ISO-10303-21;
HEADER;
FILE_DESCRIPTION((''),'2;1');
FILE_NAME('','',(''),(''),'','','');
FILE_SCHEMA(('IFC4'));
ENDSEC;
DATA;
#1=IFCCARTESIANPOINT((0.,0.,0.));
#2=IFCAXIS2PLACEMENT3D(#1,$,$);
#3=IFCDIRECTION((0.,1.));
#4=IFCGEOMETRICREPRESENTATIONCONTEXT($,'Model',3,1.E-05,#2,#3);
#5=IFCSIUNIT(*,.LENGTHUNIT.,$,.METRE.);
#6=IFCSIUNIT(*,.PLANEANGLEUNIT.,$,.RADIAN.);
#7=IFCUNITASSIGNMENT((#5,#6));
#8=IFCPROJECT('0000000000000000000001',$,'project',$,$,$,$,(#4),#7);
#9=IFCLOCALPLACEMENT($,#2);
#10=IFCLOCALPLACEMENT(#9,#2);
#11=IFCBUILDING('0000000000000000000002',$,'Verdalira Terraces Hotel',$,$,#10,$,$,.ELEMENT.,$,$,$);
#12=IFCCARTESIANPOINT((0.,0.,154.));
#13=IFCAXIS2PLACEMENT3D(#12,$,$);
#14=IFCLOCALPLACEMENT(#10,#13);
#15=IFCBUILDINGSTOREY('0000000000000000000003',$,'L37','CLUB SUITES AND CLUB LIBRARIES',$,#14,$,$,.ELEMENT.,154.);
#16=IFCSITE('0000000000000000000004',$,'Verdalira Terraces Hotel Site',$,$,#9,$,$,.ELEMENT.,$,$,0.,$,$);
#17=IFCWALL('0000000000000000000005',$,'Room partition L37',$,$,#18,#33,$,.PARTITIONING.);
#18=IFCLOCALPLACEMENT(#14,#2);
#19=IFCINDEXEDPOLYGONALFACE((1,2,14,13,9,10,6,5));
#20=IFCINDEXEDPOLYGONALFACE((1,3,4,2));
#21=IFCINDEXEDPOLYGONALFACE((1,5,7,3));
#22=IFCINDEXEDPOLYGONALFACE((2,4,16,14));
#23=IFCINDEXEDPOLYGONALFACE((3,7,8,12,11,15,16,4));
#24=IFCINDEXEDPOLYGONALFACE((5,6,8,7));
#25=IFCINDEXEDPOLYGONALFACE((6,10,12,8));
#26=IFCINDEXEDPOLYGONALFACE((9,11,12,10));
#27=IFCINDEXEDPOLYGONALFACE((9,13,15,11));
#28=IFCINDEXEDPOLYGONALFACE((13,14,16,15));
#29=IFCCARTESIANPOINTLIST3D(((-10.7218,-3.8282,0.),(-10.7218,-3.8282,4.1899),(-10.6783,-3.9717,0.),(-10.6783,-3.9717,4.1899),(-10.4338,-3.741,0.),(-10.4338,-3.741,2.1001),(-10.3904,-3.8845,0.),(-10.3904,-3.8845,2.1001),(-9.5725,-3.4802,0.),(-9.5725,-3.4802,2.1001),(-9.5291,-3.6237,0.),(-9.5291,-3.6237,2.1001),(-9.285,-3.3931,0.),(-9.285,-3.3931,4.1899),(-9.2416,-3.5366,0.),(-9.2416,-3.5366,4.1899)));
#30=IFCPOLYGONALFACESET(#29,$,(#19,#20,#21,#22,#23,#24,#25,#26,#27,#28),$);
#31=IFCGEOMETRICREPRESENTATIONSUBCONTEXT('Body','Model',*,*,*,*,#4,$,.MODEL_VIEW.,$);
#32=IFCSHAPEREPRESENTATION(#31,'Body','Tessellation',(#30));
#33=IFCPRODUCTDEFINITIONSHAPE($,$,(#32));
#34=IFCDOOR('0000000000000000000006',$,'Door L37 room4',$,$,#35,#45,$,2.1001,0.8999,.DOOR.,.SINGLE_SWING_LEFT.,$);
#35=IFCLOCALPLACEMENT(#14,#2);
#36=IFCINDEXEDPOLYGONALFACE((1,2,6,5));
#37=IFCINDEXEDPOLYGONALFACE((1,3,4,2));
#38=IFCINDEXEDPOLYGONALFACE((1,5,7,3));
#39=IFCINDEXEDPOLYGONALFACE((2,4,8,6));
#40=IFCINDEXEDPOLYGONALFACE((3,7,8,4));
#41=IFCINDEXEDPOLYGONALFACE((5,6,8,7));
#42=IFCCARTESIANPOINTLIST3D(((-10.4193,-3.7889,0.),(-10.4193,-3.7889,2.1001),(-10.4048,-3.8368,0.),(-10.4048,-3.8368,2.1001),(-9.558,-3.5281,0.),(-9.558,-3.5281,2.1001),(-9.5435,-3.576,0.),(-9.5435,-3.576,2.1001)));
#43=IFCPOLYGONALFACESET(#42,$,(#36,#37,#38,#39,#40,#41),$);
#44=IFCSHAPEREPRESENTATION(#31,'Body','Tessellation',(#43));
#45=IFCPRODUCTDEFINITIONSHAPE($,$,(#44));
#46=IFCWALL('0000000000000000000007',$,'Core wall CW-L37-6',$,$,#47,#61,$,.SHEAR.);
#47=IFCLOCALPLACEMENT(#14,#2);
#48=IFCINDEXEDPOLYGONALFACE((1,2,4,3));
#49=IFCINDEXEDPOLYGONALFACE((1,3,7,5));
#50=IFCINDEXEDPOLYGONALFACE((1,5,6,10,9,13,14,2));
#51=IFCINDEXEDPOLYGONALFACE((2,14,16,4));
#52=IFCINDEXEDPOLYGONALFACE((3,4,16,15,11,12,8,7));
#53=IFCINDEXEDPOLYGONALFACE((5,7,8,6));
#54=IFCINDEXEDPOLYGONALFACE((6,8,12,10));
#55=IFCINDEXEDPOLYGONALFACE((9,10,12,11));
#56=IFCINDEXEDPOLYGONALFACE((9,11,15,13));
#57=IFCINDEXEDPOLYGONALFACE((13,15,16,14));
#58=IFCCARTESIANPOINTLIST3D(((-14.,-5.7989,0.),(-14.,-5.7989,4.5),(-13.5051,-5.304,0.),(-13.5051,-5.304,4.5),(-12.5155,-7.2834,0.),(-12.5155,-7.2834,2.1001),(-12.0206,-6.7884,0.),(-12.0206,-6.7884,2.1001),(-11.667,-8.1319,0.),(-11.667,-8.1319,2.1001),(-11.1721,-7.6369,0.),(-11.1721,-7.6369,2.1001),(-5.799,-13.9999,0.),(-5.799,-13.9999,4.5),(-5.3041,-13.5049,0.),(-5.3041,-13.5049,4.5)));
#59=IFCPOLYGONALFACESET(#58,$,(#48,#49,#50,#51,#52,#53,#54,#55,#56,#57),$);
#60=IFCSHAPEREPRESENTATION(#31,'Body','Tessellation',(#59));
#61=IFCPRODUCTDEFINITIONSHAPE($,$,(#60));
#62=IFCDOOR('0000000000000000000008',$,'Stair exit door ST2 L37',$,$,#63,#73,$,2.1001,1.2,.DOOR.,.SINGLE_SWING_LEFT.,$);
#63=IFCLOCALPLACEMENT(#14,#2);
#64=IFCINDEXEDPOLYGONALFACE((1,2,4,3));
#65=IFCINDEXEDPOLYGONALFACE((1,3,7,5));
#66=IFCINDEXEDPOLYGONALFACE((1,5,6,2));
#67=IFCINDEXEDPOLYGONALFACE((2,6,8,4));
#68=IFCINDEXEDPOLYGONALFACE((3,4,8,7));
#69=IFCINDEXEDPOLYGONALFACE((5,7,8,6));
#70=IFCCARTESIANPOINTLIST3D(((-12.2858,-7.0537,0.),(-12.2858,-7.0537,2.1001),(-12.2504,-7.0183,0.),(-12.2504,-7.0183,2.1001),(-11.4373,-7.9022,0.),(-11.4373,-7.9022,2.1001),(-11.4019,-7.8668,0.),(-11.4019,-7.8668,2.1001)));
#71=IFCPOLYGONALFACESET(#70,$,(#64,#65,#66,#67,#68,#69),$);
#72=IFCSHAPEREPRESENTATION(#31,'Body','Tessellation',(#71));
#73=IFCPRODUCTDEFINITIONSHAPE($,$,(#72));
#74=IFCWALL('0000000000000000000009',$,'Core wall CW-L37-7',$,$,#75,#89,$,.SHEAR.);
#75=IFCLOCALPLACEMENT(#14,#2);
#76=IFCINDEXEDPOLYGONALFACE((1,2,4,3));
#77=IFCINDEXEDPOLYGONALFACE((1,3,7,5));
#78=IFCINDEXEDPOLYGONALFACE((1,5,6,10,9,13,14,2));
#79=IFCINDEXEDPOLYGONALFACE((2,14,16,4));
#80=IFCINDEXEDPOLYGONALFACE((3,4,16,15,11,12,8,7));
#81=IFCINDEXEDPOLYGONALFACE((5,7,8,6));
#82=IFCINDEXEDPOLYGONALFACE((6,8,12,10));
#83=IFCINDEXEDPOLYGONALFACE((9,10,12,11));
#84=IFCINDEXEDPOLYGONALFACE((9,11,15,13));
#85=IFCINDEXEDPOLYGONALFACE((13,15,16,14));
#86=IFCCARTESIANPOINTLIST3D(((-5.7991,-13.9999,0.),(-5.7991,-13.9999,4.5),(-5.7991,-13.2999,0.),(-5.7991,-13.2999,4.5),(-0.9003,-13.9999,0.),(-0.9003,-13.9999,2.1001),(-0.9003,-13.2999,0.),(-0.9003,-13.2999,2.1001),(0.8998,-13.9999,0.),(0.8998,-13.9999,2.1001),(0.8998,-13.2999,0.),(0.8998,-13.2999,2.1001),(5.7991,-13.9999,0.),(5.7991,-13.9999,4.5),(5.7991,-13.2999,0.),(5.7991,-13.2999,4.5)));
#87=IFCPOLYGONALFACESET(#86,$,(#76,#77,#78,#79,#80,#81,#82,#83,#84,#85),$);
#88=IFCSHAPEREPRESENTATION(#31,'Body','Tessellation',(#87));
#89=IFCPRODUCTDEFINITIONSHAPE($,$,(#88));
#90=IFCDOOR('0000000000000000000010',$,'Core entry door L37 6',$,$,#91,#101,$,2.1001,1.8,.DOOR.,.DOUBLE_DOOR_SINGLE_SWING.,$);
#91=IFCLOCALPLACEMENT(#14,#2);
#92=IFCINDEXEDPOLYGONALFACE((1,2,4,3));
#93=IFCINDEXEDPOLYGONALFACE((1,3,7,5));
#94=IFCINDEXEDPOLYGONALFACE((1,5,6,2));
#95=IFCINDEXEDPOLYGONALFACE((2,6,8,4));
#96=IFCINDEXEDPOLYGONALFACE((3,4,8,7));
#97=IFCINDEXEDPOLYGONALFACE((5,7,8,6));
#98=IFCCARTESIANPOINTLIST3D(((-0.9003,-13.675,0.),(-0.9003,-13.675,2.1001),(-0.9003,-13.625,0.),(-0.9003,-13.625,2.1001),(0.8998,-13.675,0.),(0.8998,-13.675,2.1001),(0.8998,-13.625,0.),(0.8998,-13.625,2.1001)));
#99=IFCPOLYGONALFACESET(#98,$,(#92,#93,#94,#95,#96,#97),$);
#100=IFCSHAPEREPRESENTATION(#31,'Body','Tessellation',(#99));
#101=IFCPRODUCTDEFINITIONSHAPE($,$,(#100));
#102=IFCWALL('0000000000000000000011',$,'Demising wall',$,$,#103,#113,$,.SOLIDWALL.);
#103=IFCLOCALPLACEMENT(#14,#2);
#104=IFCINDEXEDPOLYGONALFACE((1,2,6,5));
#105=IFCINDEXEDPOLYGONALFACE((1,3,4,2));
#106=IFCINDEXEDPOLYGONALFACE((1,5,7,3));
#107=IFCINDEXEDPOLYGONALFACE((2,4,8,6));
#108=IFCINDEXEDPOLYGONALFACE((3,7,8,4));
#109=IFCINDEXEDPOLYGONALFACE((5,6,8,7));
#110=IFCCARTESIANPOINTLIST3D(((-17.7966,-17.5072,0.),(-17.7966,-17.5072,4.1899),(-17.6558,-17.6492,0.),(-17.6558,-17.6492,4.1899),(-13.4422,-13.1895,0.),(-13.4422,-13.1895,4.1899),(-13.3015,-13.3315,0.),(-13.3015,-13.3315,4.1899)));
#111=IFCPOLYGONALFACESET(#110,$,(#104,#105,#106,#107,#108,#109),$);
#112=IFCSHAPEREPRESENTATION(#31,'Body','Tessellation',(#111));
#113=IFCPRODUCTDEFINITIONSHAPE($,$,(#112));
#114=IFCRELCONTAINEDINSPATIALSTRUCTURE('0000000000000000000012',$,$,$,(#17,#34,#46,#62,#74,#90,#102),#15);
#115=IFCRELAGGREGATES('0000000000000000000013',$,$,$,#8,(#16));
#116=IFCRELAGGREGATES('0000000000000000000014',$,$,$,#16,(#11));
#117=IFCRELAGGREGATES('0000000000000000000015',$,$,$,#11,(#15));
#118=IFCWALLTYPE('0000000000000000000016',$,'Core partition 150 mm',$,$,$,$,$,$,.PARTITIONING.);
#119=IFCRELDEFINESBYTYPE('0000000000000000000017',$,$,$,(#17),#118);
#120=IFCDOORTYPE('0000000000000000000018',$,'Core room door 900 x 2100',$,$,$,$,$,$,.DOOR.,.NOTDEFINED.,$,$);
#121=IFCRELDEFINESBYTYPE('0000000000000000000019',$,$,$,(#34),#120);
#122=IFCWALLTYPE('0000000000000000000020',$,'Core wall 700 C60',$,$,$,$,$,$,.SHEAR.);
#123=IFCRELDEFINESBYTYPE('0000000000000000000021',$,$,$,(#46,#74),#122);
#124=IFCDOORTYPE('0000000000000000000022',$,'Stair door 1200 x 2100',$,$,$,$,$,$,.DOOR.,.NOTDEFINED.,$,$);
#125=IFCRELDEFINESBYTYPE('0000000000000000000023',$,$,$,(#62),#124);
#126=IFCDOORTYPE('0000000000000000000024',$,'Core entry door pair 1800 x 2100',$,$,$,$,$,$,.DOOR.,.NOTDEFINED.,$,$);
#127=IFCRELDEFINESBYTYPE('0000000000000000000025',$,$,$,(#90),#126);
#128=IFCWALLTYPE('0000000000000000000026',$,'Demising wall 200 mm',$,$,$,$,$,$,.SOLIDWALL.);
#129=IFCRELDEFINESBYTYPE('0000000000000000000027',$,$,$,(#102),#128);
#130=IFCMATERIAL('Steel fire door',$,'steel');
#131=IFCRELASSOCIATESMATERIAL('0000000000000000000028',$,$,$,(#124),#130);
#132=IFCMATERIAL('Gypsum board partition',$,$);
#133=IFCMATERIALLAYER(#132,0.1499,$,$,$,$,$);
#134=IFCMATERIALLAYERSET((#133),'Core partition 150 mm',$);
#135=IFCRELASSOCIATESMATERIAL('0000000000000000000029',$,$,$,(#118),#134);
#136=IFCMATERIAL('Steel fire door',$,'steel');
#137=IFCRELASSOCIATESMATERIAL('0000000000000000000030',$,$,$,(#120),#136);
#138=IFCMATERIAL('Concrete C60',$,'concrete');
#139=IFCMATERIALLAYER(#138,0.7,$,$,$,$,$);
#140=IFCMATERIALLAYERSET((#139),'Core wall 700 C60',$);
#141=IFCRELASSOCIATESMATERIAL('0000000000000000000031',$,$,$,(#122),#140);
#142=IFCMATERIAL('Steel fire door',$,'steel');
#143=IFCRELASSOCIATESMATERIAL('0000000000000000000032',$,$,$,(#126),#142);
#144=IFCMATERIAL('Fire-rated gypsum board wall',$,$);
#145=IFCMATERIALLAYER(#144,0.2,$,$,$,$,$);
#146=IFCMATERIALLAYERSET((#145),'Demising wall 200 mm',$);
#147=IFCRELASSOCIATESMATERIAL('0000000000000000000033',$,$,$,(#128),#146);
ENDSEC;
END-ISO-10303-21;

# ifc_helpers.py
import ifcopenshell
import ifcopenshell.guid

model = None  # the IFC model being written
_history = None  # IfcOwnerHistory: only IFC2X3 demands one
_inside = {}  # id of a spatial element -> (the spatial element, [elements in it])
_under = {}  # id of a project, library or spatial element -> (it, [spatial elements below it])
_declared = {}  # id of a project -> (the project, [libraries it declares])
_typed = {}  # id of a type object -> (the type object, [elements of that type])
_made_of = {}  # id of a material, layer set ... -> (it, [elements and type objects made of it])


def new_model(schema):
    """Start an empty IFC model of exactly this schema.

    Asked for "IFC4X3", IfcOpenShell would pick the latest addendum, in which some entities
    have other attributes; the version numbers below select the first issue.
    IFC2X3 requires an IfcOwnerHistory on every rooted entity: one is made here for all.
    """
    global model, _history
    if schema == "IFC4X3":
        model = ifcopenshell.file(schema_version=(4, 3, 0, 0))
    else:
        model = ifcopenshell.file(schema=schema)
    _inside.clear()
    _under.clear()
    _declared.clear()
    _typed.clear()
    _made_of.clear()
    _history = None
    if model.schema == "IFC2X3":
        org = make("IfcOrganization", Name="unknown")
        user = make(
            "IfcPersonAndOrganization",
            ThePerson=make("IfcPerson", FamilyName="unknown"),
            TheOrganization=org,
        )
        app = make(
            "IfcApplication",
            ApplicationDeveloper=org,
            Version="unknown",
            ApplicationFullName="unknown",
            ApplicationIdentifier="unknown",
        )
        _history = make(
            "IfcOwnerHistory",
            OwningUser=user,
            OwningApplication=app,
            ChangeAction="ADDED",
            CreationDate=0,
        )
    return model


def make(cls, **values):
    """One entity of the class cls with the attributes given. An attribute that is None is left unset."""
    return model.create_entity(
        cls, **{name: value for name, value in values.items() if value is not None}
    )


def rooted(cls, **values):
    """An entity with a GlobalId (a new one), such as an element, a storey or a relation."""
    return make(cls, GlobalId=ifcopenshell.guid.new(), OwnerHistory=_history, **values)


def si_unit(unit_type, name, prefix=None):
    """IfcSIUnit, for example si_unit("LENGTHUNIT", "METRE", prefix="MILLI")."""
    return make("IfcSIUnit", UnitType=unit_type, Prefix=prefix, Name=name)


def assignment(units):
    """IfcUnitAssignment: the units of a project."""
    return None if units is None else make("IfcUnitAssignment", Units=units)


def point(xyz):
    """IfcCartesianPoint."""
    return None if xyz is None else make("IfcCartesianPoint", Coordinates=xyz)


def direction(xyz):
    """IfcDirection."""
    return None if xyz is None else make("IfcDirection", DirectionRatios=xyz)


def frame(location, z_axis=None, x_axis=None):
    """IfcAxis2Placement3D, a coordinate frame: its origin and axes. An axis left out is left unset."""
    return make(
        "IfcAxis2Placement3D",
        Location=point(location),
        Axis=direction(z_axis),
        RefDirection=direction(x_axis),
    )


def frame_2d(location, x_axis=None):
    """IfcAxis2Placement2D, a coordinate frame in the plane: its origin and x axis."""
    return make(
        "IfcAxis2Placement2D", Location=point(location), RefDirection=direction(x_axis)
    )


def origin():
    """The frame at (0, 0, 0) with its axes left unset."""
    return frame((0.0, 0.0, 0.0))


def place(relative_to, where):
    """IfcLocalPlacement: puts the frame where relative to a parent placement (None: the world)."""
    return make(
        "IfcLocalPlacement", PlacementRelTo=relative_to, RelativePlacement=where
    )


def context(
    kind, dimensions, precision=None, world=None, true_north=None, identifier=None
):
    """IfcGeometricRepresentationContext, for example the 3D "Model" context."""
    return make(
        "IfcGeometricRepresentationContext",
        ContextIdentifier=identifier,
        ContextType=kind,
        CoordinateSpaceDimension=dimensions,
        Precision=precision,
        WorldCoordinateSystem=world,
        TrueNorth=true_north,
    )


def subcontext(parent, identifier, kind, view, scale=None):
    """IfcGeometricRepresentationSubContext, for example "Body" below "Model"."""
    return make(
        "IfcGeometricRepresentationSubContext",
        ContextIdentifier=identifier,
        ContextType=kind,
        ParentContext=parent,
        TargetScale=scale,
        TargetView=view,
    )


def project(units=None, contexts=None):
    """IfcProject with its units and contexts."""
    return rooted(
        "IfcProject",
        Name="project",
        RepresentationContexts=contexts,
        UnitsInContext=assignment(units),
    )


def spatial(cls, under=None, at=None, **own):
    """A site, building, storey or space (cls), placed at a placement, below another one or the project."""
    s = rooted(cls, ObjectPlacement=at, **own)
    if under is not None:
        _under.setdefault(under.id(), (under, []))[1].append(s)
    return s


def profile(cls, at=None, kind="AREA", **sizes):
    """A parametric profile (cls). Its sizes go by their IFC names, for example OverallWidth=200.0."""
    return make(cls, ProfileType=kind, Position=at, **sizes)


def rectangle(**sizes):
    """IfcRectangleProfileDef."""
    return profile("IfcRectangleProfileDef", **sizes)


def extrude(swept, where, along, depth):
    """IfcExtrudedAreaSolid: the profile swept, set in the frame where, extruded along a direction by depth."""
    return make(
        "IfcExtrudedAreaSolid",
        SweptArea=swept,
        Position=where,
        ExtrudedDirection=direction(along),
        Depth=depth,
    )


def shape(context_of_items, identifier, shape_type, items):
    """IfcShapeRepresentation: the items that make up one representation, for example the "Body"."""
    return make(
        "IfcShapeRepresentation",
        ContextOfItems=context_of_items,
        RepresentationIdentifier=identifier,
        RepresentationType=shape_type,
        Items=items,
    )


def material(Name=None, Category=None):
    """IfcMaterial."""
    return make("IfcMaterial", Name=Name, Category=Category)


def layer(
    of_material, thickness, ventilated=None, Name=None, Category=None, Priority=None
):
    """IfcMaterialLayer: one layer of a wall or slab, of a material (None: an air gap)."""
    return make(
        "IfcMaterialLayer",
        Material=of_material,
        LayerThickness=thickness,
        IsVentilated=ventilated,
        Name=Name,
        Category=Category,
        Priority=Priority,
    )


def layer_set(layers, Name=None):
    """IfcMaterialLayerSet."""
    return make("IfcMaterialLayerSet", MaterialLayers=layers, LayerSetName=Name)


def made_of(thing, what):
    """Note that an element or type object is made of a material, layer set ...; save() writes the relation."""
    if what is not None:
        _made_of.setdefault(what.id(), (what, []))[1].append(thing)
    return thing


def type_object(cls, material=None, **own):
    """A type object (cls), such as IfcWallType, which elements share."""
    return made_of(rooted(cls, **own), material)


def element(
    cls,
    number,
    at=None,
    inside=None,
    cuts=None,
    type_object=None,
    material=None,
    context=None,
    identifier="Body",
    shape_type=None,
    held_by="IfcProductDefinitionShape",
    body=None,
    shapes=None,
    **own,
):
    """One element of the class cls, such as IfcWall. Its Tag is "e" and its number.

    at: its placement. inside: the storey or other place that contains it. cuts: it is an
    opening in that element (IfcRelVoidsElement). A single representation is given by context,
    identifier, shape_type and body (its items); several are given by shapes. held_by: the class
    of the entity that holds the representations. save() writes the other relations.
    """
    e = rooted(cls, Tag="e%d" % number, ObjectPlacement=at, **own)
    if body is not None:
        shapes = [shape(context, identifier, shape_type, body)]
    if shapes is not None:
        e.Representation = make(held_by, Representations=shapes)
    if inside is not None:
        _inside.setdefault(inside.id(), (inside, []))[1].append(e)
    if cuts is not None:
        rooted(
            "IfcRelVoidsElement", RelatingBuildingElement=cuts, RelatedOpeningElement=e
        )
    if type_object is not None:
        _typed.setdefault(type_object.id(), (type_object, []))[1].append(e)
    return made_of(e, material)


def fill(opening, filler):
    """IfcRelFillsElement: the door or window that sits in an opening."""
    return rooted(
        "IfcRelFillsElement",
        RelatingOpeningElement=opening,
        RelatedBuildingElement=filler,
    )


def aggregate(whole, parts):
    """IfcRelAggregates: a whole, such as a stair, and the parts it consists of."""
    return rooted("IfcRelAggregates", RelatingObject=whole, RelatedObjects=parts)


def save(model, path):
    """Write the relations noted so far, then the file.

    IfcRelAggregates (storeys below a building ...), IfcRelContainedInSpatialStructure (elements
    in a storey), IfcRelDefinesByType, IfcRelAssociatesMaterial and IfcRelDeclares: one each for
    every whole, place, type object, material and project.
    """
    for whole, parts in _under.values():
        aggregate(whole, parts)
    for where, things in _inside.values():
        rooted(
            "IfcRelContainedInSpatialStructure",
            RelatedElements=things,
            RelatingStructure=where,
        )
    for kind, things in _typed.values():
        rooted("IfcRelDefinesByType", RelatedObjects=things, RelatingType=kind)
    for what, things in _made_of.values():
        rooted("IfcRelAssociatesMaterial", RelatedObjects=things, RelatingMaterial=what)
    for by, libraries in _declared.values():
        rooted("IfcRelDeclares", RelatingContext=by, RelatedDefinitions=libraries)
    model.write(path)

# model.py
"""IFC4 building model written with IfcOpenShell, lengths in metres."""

from ifc_helpers import new_model, si_unit, direction, frame, frame_2d, origin, place, context, subcontext, project, spatial, rectangle, extrude, material, layer, layer_set, type_object, element, fill, save


model = new_model("IFC4")

# Units and contexts
model_context = context("Model", 3, precision=1e-05, world=origin(), true_north=direction((0.0, 1.0)))
body_context = subcontext(model_context, "Body", "Model", "MODEL_VIEW")
ifc_project = project(units=[si_unit("LENGTHUNIT", "METRE"), si_unit("PLANEANGLEUNIT", "RADIAN")], contexts=[model_context])

# Site, building, storey
site_placement = place(None, origin())
site = spatial("IfcSite", under=ifc_project, at=site_placement, Name="Verdalira Terraces Hotel Site", CompositionType="ELEMENT", RefElevation=0.0)
building_placement = place(site_placement, origin())
building = spatial("IfcBuilding", under=site, at=building_placement, Name="Verdalira Terraces Hotel", CompositionType="ELEMENT")
storey_placement = place(building_placement, frame((0.0, 0.0, 154.0)))
storey = spatial("IfcBuildingStorey", under=building, at=storey_placement, Name="L37", Description="CLUB SUITES AND CLUB LIBRARIES", CompositionType="ELEMENT", Elevation=154.0)

# Shared definitions
ifc_material_1 = material(Name="Steel fire door", Category="steel")
door_type_1 = type_object("IfcDoorType", Name="Stair door 1200 x 2100", OperationType="NOTDEFINED", PredefinedType="DOOR", material=ifc_material_1)

# Walls, openings, doors
ifc_material_2 = material(Name="Gypsum board partition")
ifc_layer_1 = layer(ifc_material_2, 0.1499)
ifc_layer_set_1 = layer_set([ifc_layer_1], Name="Core partition 150 mm")
wall_type_1 = type_object("IfcWallType", Name="Core partition 150 mm", PredefinedType="PARTITIONING", material=ifc_layer_set_1)
wall_1_placement = place(storey_placement, frame((-10.7, -3.8999, 0.0), z_axis=(0.0, 0.0, 1.0), x_axis=(0.957085, 0.289809, 0.0)))
wall_1 = element("IfcWall", 1, at=wall_1_placement, inside=storey, type_object=wall_type_1, Name="Room partition L37", PredefinedType="PARTITIONING", context=body_context, shape_type="SweptSolid", body=[
    extrude(rectangle(XDim=1.5012, YDim=0.1499, at=frame_2d((0.7505, 0.0))), origin(), (0.0, 0.0, 1.0), 4.1899),
])
opening_1_placement = place(wall_1_placement, frame((0.3008, 0.0, 0.0)))
opening_1 = element("IfcOpeningElement", 2, at=opening_1_placement, cuts=wall_1, PredefinedType="OPENING", context=body_context, shape_type="SweptSolid", body=[
    extrude(rectangle(XDim=0.8999, YDim=2.1001, at=frame_2d((0.45, 1.05))), frame((0.0, 0.085, 0.0), z_axis=(0.0, -1.0, 0.0), x_axis=(1.0, 0.0, 0.0)), (0.0, 0.0, 1.0), 0.1699),
])
ifc_material_3 = material(Name="Steel fire door", Category="steel")
door_type_2 = type_object("IfcDoorType", Name="Core room door 900 x 2100", OperationType="NOTDEFINED", PredefinedType="DOOR", material=ifc_material_3)
door_1_placement = place(opening_1_placement, origin())
door_1 = element("IfcDoor", 3, at=door_1_placement, inside=storey, type_object=door_type_2, Name="Door L37 room4", OperationType="SINGLE_SWING_LEFT", OverallHeight=2.1001, OverallWidth=0.8999, PredefinedType="DOOR", context=body_context, shape_type="SweptSolid", body=[
    extrude(rectangle(XDim=0.8999, YDim=2.1001, at=frame_2d((0.45, 1.05))), frame((0.0, 0.0249, 0.0), z_axis=(0.0, -1.0, 0.0), x_axis=(1.0, 0.0, 0.0)), (0.0, 0.0, 1.0), 0.05),
])
fill(opening_1, door_1)
ifc_material_4 = material(Name="Concrete C60", Category="concrete")
ifc_layer_2 = layer(ifc_material_4, 0.7)
ifc_layer_set_2 = layer_set([ifc_layer_2], Name="Core wall 700 C60")
wall_type_2 = type_object("IfcWallType", Name="Core wall 700 C60", PredefinedType="SHEAR", material=ifc_layer_set_2)
wall_2_placement = place(storey_placement, frame((-13.7524, -5.5515, 0.0), z_axis=(0.0, 0.0, 1.0), x_axis=(0.707107, -0.707107, 0.0)))
wall_2 = element("IfcWall", 4, at=wall_2_placement, inside=storey, type_object=wall_type_2, Name="Core wall CW-L37-6", PredefinedType="SHEAR", context=body_context, shape_type="SweptSolid", body=[
    extrude(rectangle(XDim=11.5979, YDim=0.7, at=frame_2d((5.7988, 0.0))), origin(), (0.0, 0.0, 1.0), 4.5),
])
opening_2_placement = place(wall_2_placement, frame((2.0991, 0.0, 0.0)))
opening_2 = element("IfcOpeningElement", 5, at=opening_2_placement, cuts=wall_2, PredefinedType="OPENING", context=body_context, shape_type="SweptSolid", body=[
    extrude(rectangle(XDim=1.2, YDim=2.1001, at=frame_2d((0.6001, 1.05))), frame((0.0, 0.3599, 0.0), z_axis=(0.0, -1.0, 0.0), x_axis=(1.0, 0.0, 0.0)), (0.0, 0.0, 1.0), 0.72),
])
door_2_placement = place(opening_2_placement, origin())
door_2 = element("IfcDoor", 6, at=door_2_placement, inside=storey, type_object=door_type_1, Name="Stair exit door ST2 L37", OperationType="SINGLE_SWING_LEFT", OverallHeight=2.1001, OverallWidth=1.2, PredefinedType="DOOR", context=body_context, shape_type="SweptSolid", body=[
    extrude(rectangle(XDim=1.2, YDim=2.1001, at=frame_2d((0.6001, 1.05))), frame((0.0, 0.0249, 0.0), z_axis=(0.0, -1.0, 0.0), x_axis=(1.0, 0.0, 0.0)), (0.0, 0.0, 1.0), 0.05),
])
fill(opening_2, door_2)
wall_3_placement = place(storey_placement, frame((-5.7991, -13.6499, 0.0), z_axis=(0.0, 0.0, 1.0), x_axis=(1.0, 0.0, 0.0)))
wall_3 = element("IfcWall", 7, at=wall_3_placement, inside=storey, type_object=wall_type_2, Name="Core wall CW-L37-7", PredefinedType="SHEAR", context=body_context, shape_type="SweptSolid", body=[
    extrude(rectangle(XDim=11.5981, YDim=0.7, at=frame_2d((5.7991, 0.0))), origin(), (0.0, 0.0, 1.0), 4.5),
])
opening_3_placement = place(wall_3_placement, frame((4.8989, 0.0, 0.0)))
opening_3 = element("IfcOpeningElement", 8, at=opening_3_placement, cuts=wall_3, PredefinedType="OPENING", context=body_context, shape_type="SweptSolid", body=[
    extrude(rectangle(XDim=1.8, YDim=2.1001, at=frame_2d((0.8999, 1.05))), frame((0.0, 0.3599, 0.0), z_axis=(0.0, -1.0, 0.0), x_axis=(1.0, 0.0, 0.0)), (0.0, 0.0, 1.0), 0.72),
])
ifc_material_5 = material(Name="Steel fire door", Category="steel")
door_type_3 = type_object("IfcDoorType", Name="Core entry door pair 1800 x 2100", OperationType="NOTDEFINED", PredefinedType="DOOR", material=ifc_material_5)
door_3_placement = place(opening_3_placement, origin())
door_3 = element("IfcDoor", 9, at=door_3_placement, inside=storey, type_object=door_type_3, Name="Core entry door L37 6", OperationType="DOUBLE_DOOR_SINGLE_SWING", OverallHeight=2.1001, OverallWidth=1.8, PredefinedType="DOOR", context=body_context, shape_type="SweptSolid", body=[
    extrude(rectangle(XDim=1.8, YDim=2.1001, at=frame_2d((0.8999, 1.05))), frame((0.0, 0.0249, 0.0), z_axis=(0.0, -1.0, 0.0), x_axis=(1.0, 0.0, 0.0)), (0.0, 0.0, 1.0), 0.05),
])
fill(opening_3, door_3)

# Wall
ifc_material_6 = material(Name="Fire-rated gypsum board wall")
ifc_layer_3 = layer(ifc_material_6, 0.2)
ifc_layer_set_3 = layer_set([ifc_layer_3], Name="Demising wall 200 mm")
wall_type_3 = type_object("IfcWallType", Name="Demising wall 200 mm", PredefinedType="SOLIDWALL", material=ifc_layer_set_3)
wall_4_placement = place(storey_placement, frame((-17.7261, -17.5781, 0.0), z_axis=(0.0, 0.0, 1.0), x_axis=(0.710087, 0.704114, 0.0)))
element("IfcWall", 10, at=wall_4_placement, inside=storey, type_object=wall_type_3, Name="Demising wall", PredefinedType="SOLIDWALL", context=body_context, shape_type="SweptSolid", body=[
    extrude(rectangle(XDim=6.1321, YDim=0.2, at=frame_2d((3.0659, 0.0))), origin(), (0.0, 0.0, 1.0), 4.1899),
])

save(model, "model.ifc")
